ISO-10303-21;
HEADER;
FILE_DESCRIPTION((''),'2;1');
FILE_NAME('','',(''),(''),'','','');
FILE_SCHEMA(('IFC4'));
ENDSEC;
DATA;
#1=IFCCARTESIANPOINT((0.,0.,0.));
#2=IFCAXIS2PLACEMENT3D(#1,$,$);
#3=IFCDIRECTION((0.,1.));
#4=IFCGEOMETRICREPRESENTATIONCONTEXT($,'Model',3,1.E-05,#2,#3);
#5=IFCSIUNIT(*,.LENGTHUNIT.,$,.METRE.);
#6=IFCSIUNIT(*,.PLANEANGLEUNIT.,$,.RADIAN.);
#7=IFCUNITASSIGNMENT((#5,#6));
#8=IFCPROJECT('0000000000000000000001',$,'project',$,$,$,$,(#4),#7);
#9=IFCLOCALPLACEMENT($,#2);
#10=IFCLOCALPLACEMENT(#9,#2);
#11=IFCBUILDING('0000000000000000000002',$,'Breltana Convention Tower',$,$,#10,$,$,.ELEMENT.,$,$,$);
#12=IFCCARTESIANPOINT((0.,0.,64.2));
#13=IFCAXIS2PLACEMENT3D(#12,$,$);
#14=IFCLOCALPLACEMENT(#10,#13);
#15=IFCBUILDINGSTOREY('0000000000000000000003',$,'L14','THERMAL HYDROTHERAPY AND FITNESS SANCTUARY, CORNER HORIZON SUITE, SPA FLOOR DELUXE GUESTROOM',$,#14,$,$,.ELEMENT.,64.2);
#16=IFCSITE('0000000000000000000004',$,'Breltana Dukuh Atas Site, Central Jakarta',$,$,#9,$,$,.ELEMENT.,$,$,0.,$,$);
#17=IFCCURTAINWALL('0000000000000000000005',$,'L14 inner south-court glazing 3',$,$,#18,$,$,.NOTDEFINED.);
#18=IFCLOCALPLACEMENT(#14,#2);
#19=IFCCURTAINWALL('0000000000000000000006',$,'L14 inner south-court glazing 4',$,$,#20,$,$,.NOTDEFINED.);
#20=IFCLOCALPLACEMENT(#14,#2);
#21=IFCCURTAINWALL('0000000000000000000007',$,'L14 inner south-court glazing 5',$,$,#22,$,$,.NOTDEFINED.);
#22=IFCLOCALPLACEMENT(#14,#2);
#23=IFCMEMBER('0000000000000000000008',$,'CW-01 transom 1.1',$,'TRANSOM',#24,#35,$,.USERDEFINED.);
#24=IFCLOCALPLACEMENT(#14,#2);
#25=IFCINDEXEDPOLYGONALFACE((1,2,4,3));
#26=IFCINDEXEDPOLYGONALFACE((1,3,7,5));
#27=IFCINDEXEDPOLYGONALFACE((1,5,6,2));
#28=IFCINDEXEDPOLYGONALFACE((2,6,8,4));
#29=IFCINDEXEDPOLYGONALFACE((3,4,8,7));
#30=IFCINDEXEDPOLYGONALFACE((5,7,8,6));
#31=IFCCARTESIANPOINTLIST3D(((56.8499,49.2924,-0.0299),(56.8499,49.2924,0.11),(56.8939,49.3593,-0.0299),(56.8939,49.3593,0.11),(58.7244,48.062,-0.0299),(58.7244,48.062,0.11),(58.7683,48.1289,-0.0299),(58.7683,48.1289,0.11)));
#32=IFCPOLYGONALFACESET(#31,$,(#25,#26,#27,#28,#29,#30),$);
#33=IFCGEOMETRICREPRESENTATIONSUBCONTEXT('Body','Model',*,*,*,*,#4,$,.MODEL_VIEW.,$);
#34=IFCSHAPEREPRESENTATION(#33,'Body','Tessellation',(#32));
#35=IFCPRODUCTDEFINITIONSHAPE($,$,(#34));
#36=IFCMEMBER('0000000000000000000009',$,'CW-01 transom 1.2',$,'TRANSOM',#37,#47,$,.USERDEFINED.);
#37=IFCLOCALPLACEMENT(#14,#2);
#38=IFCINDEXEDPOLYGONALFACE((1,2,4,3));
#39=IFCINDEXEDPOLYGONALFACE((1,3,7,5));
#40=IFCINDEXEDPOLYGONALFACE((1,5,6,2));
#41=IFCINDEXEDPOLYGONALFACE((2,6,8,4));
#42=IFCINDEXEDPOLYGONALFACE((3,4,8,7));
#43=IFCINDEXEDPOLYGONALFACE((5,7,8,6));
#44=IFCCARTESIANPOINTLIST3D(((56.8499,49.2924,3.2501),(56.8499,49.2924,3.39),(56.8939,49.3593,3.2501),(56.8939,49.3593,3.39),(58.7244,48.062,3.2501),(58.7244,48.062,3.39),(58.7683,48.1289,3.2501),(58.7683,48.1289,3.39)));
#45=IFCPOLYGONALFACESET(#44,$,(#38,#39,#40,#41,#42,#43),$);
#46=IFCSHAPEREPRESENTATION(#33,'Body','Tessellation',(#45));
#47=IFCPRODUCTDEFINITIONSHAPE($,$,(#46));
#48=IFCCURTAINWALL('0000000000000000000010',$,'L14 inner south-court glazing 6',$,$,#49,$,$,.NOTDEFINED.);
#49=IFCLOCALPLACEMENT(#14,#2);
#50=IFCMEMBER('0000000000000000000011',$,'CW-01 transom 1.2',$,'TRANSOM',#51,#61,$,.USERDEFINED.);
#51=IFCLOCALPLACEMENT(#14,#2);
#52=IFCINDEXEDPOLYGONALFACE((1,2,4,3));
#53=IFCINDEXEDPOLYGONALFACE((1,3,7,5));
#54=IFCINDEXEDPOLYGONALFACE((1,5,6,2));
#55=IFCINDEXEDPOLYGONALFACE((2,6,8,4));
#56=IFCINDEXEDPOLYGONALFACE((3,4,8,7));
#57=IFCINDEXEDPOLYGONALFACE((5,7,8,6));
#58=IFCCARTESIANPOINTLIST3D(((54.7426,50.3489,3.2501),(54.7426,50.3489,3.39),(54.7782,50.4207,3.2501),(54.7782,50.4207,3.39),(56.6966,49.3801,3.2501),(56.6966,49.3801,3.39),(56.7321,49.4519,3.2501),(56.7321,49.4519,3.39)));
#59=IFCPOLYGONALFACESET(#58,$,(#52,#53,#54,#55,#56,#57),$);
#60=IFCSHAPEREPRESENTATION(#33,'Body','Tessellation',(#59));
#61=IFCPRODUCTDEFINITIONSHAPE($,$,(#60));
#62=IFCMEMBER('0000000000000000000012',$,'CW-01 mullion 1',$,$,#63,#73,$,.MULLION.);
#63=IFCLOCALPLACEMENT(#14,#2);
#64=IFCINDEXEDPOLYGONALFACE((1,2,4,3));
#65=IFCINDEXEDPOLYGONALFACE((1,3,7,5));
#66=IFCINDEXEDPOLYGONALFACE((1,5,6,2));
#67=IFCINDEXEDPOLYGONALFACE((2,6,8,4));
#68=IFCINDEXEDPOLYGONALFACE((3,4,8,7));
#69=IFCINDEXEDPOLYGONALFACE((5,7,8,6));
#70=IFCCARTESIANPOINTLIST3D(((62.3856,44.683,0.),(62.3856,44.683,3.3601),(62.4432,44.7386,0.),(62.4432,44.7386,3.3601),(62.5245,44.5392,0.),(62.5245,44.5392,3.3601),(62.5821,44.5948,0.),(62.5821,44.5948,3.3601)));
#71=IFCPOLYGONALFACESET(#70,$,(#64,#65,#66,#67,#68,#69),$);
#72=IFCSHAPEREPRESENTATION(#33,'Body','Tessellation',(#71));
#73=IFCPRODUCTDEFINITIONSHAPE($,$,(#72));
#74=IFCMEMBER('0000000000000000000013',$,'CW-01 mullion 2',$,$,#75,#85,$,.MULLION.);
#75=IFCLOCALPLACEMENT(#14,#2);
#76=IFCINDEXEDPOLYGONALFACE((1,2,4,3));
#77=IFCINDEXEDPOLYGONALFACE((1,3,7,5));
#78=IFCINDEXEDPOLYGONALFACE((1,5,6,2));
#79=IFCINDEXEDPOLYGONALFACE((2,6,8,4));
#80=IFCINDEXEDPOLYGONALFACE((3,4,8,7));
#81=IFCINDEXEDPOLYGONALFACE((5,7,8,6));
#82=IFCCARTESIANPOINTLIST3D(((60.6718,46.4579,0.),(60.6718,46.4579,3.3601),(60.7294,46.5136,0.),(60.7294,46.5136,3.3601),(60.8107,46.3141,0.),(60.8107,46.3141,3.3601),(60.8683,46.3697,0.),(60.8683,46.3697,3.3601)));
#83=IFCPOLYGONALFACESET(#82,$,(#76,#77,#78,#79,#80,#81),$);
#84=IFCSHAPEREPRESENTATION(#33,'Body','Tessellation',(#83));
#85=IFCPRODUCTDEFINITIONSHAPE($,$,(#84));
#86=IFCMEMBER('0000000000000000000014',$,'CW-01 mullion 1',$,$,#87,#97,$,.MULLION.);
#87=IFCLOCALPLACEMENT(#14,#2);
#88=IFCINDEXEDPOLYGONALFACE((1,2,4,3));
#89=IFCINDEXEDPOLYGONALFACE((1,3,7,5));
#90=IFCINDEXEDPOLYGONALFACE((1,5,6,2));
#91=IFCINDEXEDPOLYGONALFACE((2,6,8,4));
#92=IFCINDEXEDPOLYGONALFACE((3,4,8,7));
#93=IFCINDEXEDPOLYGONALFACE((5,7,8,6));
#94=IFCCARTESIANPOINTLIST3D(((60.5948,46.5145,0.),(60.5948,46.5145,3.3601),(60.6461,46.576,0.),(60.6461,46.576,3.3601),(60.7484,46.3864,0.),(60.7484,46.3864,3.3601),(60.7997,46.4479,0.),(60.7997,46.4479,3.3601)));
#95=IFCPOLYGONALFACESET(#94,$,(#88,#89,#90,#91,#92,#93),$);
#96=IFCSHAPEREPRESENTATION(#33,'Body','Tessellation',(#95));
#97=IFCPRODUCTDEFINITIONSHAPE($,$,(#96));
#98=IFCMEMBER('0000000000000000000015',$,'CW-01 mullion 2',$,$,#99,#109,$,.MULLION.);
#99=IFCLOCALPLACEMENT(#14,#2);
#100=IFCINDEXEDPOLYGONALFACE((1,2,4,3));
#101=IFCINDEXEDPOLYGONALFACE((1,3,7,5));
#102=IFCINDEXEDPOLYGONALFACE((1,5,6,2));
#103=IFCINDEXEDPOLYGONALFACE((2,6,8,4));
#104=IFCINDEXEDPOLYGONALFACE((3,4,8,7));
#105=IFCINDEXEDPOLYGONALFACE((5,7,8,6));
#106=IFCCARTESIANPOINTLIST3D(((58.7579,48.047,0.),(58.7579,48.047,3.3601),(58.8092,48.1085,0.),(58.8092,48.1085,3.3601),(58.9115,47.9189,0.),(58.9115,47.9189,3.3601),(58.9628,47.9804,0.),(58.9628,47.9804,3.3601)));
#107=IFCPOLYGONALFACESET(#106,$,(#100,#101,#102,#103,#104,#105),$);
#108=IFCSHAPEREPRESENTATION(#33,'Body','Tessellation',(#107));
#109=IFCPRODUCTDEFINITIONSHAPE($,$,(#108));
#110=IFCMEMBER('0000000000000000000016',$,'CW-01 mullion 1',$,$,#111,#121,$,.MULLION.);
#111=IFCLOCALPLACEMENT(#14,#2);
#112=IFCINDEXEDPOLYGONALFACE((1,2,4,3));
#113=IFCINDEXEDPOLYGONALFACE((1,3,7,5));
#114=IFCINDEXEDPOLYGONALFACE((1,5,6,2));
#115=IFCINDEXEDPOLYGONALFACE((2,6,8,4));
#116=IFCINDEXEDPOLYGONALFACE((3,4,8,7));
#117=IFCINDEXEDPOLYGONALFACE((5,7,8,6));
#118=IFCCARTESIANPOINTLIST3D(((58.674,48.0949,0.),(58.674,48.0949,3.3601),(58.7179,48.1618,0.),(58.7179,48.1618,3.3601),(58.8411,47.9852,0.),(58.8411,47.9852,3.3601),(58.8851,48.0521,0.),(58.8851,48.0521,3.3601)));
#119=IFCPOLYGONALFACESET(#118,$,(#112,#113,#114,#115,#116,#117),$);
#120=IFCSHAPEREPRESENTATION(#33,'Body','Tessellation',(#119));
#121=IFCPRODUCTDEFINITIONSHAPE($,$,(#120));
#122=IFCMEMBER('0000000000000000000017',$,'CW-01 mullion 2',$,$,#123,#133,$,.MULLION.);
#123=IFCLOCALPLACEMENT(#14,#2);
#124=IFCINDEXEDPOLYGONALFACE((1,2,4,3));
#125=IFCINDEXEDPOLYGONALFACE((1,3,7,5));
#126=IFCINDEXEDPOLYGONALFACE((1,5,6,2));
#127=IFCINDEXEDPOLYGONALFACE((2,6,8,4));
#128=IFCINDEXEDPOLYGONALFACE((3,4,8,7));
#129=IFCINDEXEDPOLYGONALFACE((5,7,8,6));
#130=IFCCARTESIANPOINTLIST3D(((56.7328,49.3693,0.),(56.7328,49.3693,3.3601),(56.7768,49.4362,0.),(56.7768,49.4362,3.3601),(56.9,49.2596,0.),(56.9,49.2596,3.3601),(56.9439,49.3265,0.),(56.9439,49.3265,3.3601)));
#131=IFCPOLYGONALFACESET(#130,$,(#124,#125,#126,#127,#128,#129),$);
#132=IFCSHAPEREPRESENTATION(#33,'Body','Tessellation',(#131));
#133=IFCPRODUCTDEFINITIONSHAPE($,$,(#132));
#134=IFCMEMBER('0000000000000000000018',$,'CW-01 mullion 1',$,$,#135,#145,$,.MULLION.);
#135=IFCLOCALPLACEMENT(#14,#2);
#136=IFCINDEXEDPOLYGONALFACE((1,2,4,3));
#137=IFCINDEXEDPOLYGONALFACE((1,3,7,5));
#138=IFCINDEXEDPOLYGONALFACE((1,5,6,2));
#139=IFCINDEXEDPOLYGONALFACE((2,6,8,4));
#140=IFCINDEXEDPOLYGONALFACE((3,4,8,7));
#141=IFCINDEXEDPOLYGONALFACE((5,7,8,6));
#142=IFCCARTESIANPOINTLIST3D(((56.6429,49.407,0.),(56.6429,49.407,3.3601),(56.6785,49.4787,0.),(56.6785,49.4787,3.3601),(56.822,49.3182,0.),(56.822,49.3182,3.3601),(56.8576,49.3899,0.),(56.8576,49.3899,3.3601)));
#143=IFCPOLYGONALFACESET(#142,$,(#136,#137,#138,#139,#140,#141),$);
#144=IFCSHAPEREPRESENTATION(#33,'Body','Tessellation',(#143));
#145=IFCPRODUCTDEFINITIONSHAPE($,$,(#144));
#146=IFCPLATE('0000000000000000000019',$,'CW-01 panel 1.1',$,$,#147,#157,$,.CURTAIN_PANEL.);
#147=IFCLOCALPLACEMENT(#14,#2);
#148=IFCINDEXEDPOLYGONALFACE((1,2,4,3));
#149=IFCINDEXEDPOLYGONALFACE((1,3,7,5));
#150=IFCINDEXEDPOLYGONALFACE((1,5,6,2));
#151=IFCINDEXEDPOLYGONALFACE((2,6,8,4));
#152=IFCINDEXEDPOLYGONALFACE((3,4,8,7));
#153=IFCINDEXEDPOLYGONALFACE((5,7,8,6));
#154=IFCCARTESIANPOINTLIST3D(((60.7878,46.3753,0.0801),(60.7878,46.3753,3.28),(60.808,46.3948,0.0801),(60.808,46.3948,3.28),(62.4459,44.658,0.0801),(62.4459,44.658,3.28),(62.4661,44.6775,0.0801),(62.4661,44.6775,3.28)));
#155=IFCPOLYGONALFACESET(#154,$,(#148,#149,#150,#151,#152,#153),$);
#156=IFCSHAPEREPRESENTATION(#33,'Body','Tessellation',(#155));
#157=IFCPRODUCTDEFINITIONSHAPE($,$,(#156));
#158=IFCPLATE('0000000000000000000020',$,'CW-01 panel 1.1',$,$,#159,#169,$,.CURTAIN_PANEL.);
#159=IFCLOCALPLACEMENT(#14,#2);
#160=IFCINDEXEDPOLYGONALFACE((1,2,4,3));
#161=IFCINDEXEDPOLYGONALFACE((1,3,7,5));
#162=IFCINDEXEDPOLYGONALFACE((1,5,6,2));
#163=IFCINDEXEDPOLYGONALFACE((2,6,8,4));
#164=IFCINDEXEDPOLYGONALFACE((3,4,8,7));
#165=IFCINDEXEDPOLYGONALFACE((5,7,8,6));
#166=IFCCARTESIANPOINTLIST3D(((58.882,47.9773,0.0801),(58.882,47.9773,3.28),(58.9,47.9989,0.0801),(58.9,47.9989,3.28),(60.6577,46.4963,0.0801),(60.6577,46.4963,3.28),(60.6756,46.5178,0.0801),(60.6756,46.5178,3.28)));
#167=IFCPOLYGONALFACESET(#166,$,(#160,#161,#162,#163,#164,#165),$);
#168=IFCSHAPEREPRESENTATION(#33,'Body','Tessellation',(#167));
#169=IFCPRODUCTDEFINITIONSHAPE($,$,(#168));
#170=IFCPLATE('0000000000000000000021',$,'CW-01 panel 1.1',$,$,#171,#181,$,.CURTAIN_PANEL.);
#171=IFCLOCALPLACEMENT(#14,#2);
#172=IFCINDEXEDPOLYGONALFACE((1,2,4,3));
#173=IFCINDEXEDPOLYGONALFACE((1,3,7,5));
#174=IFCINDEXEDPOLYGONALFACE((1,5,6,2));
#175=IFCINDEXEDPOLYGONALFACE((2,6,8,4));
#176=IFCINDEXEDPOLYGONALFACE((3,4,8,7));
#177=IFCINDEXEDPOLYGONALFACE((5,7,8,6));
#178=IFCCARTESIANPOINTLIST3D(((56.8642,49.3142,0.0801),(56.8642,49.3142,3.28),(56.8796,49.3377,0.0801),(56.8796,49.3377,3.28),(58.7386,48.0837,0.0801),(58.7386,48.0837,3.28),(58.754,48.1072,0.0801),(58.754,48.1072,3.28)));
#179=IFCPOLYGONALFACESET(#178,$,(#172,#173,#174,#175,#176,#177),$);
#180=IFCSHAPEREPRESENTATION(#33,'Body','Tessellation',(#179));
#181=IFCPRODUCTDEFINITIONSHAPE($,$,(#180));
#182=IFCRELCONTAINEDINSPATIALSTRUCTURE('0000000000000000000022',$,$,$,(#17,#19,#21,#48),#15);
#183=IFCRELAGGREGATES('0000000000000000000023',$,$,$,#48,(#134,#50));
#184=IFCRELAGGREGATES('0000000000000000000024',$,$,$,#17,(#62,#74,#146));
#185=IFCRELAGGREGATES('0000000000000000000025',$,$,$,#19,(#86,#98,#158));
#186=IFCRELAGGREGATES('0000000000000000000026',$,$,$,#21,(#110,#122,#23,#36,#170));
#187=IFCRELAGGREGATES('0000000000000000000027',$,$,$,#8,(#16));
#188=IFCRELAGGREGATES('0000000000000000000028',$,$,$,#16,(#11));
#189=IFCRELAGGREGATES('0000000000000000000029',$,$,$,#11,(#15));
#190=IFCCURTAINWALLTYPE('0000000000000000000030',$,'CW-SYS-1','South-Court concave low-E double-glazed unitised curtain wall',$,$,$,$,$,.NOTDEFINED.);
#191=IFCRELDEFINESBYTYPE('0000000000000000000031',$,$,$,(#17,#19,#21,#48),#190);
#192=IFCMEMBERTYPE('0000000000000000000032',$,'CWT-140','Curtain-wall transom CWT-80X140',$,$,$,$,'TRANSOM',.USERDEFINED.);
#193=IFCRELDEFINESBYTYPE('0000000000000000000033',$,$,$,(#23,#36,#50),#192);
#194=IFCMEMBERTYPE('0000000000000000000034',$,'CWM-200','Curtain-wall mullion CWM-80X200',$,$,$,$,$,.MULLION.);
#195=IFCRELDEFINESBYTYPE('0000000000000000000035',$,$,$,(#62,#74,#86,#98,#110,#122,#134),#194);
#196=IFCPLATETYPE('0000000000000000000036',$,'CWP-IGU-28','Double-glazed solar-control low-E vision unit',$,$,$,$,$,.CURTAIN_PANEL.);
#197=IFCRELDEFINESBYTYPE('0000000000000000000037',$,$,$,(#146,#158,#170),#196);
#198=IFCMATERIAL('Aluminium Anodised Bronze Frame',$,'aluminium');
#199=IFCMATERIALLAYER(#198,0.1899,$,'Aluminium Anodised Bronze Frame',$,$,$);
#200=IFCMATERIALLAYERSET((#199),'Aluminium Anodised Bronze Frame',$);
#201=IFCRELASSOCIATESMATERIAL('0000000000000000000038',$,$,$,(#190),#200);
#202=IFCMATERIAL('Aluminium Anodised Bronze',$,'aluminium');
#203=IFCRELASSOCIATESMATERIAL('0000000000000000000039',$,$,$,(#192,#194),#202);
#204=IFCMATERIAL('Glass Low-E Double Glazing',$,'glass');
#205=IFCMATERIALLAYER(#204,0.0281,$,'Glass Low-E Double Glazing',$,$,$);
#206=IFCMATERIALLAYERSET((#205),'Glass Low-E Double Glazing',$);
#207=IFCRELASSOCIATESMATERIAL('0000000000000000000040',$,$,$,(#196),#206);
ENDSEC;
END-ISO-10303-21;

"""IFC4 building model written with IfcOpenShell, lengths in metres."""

from ifc_helpers import new_model, si_unit, direction, frame, origin, origin_2d, place, context, subcontext, project, spatial, rectangle, extrude, source, transform, mapped, material, layer, layer_set, material_profile, profile_set, type_object, element, aggregate, save


model = new_model("IFC4")

# Units and contexts
model_context = context("Model", 3, precision=1e-05, world=origin(), true_north=direction((0.0, 1.0)))
body_context = subcontext(model_context, "Body", "Model", "MODEL_VIEW")
ifc_project = project(units=[si_unit("LENGTHUNIT", "METRE"), si_unit("PLANEANGLEUNIT", "RADIAN")], contexts=[model_context])

# Site, building, storey
site_placement = place(None, origin())
site = spatial("IfcSite", under=ifc_project, at=site_placement, Name="Breltana Dukuh Atas Site, Central Jakarta", CompositionType="ELEMENT", RefElevation=0.0)
building_placement = place(site_placement, origin())
building = spatial("IfcBuilding", under=site, at=building_placement, Name="Breltana Convention Tower", CompositionType="ELEMENT")
storey_placement = place(building_placement, frame((0.0, 0.0, 64.2)))
storey = spatial("IfcBuildingStorey", under=building, at=storey_placement, Name="L14", Description="THERMAL HYDROTHERAPY AND FITNESS SANCTUARY, CORNER HORIZON SUITE, SPA FLOOR DELUXE GUESTROOM", CompositionType="ELEMENT", Elevation=64.2)

# Curtain walls, members
ifc_material_1 = material(Name="Aluminium Anodised Bronze Frame", Category="aluminium")
ifc_layer_1 = layer(ifc_material_1, 0.1899, Name="Aluminium Anodised Bronze Frame")
ifc_layer_set_1 = layer_set([ifc_layer_1], Name="Aluminium Anodised Bronze Frame")
curtain_wall_type = type_object("IfcCurtainWallType", Name="CW-SYS-1", Description="South-Court concave low-E double-glazed unitised curtain wall", PredefinedType="NOTDEFINED", material=ifc_layer_set_1)
curtain_wall_1_placement = place(storey_placement, origin())
curtain_wall_1 = element("IfcCurtainWall", 1, at=curtain_wall_1_placement, inside=storey, type_object=curtain_wall_type, Name="L14 inner south-court glazing 3", PredefinedType="NOTDEFINED")
ifc_material_2 = material(Name="Aluminium Anodised Bronze", Category="aluminium")
ifc_material_profile_1 = material_profile(ifc_material_2, rectangle(XDim=0.0801, YDim=0.1399, at=origin_2d()), Name="CWT-80X140")
ifc_profile_set_1 = profile_set([ifc_material_profile_1], Name="Aluminium Anodised Bronze")
member_type_1 = type_object("IfcMemberType", Name="CWT-140", Description="Curtain-wall transom CWT-80X140", ElementType="TRANSOM", PredefinedType="USERDEFINED", material=ifc_profile_set_1)
curtain_wall_2_placement = place(storey_placement, origin())
curtain_wall_2 = element("IfcCurtainWall", 2, at=curtain_wall_2_placement, inside=storey, type_object=curtain_wall_type, Name="L14 inner south-court glazing 4", PredefinedType="NOTDEFINED")
curtain_wall_3_placement = place(storey_placement, origin())
curtain_wall_3 = element("IfcCurtainWall", 3, at=curtain_wall_3_placement, inside=storey, type_object=curtain_wall_type, Name="L14 inner south-court glazing 5", PredefinedType="NOTDEFINED")
shared_shape_1 = source(origin(), body_context, "Body", "SweptSolid", [
    extrude(rectangle(XDim=0.0801, YDim=0.1399, at=origin_2d()), origin(), (0.0, 0.0, 1.0), 2.2422),
])
member_1_placement = place(storey_placement, frame((58.7463, 48.0955, 0.04), z_axis=(-0.835982, 0.548756, 0.0), x_axis=(-0.548756, -0.835982, 0.0)))
member_1 = element("IfcMember", 4, at=member_1_placement, type_object=member_type_1, Name="CW-01 transom 1.1", ObjectType="TRANSOM", PredefinedType="USERDEFINED", context=body_context, shape_type="MappedRepresentation", body=[
    mapped(shared_shape_1, transform((0.0, 0.0, 0.0), scale=1.0)),
])
member_2_placement = place(storey_placement, frame((58.7463, 48.0955, 3.3201), z_axis=(-0.835982, 0.548756, 0.0), x_axis=(-0.548756, -0.835982, 0.0)))
member_2 = element("IfcMember", 5, at=member_2_placement, type_object=member_type_1, Name="CW-01 transom 1.2", ObjectType="TRANSOM", PredefinedType="USERDEFINED", context=body_context, shape_type="MappedRepresentation", body=[
    mapped(shared_shape_1, transform((0.0, 0.0, 0.0), scale=1.0)),
])

# Curtain wall, member
curtain_wall_4_placement = place(storey_placement, origin())
curtain_wall_4 = element("IfcCurtainWall", 6, at=curtain_wall_4_placement, inside=storey, type_object=curtain_wall_type, Name="L14 inner south-court glazing 6", PredefinedType="NOTDEFINED")
shared_shape_2 = source(origin(), body_context, "Body", "SweptSolid", [
    extrude(rectangle(XDim=0.0801, YDim=0.1399, at=origin_2d()), origin(), (0.0, 0.0, 1.0), 2.1809),
])
member_3_placement = place(storey_placement, frame((56.7144, 49.416, 3.3201), z_axis=(-0.895922, 0.444211, 0.0), x_axis=(-0.444211, -0.895922, 0.0)))
member_3 = element("IfcMember", 7, at=member_3_placement, type_object=member_type_1, Name="CW-01 transom 1.2", ObjectType="TRANSOM", PredefinedType="USERDEFINED", context=body_context, shape_type="MappedRepresentation", body=[
    mapped(shared_shape_2, transform((0.0, 0.0, 0.0), scale=1.0)),
])

# Members
ifc_material_profile_2 = material_profile(ifc_material_2, rectangle(XDim=0.0801, YDim=0.2, at=origin_2d()), Name="CWM-80X200")
ifc_profile_set_2 = profile_set([ifc_material_profile_2], Name="Aluminium Anodised Bronze")
member_type_2 = type_object("IfcMemberType", Name="CWM-200", Description="Curtain-wall mullion CWM-80X200", PredefinedType="MULLION", material=ifc_profile_set_2)
shared_shape_3 = source(origin(), body_context, "Body", "SweptSolid", [
    extrude(rectangle(XDim=0.0801, YDim=0.2, at=origin_2d()), origin(), (0.0, 0.0, 1.0), 3.3601),
])
member_4_placement = place(storey_placement, frame((62.4839, 44.6389, 0.0), z_axis=(0.0, 0.0, 1.0), x_axis=(-0.719385, -0.694612, 0.0)))
member_4 = element("IfcMember", 8, at=member_4_placement, type_object=member_type_2, Name="CW-01 mullion 1", PredefinedType="MULLION", context=body_context, shape_type="MappedRepresentation", body=[
    mapped(shared_shape_3, transform((0.0, 0.0, 0.0), scale=1.0)),
])
member_5_placement = place(storey_placement, frame((60.77, 46.4138, 0.0), z_axis=(0.0, 0.0, 1.0), x_axis=(-0.719385, -0.694612, 0.0)))
member_5 = element("IfcMember", 9, at=member_5_placement, type_object=member_type_2, Name="CW-01 mullion 2", PredefinedType="MULLION", context=body_context, shape_type="MappedRepresentation", body=[
    mapped(shared_shape_3, transform((0.0, 0.0, 0.0), scale=1.0)),
])
member_6_placement = place(storey_placement, frame((60.6973, 46.4812, 0.0), z_axis=(0.0, 0.0, 1.0), x_axis=(-0.640523, -0.767939, 0.0)))
member_6 = element("IfcMember", 10, at=member_6_placement, type_object=member_type_2, Name="CW-01 mullion 1", PredefinedType="MULLION", context=body_context, shape_type="MappedRepresentation", body=[
    mapped(shared_shape_3, transform((0.0, 0.0, 0.0), scale=1.0)),
])
member_7_placement = place(storey_placement, frame((58.8604, 48.0137, 0.0), z_axis=(0.0, 0.0, 1.0), x_axis=(-0.640523, -0.767939, 0.0)))
member_7 = element("IfcMember", 11, at=member_7_placement, type_object=member_type_2, Name="CW-01 mullion 2", PredefinedType="MULLION", context=body_context, shape_type="MappedRepresentation", body=[
    mapped(shared_shape_3, transform((0.0, 0.0, 0.0), scale=1.0)),
])
member_8_placement = place(storey_placement, frame((58.7795, 48.0735, 0.0), z_axis=(0.0, 0.0, 1.0), x_axis=(-0.548778, -0.835968, 0.0)))
member_8 = element("IfcMember", 12, at=member_8_placement, type_object=member_type_2, Name="CW-01 mullion 1", PredefinedType="MULLION", context=body_context, shape_type="MappedRepresentation", body=[
    mapped(shared_shape_3, transform((0.0, 0.0, 0.0), scale=1.0)),
])
member_9_placement = place(storey_placement, frame((56.8384, 49.3479, 0.0), z_axis=(0.0, 0.0, 1.0), x_axis=(-0.548778, -0.835968, 0.0)))
member_9 = element("IfcMember", 13, at=member_9_placement, type_object=member_type_2, Name="CW-01 mullion 2", PredefinedType="MULLION", context=body_context, shape_type="MappedRepresentation", body=[
    mapped(shared_shape_3, transform((0.0, 0.0, 0.0), scale=1.0)),
])
member_10_placement = place(storey_placement, frame((56.7502, 49.3984, 0.0), z_axis=(0.0, 0.0, 1.0), x_axis=(-0.444118, -0.895968, 0.0)))
member_10 = element("IfcMember", 14, at=member_10_placement, type_object=member_type_2, Name="CW-01 mullion 1", PredefinedType="MULLION", context=body_context, shape_type="MappedRepresentation", body=[
    mapped(shared_shape_3, transform((0.0, 0.0, 0.0), scale=1.0)),
])
aggregate(curtain_wall_4, [member_10, member_3])

# Plates
ifc_material_3 = material(Name="Glass Low-E Double Glazing", Category="glass")
ifc_layer_2 = layer(ifc_material_3, 0.0281, Name="Glass Low-E Double Glazing")
ifc_layer_set_2 = layer_set([ifc_layer_2], Name="Glass Low-E Double Glazing")
plate_type = type_object("IfcPlateType", Name="CWP-IGU-28", Description="Double-glazed solar-control low-E vision unit", PredefinedType="CURTAIN_PANEL", material=ifc_layer_set_2)
shared_shape_4 = source(origin(), body_context, "Body", "SweptSolid", [
    extrude(rectangle(XDim=2.3872, YDim=0.0281, at=origin_2d()), origin(), (0.0, 0.0, 1.0), 3.2),
])
plate_1_placement = place(storey_placement, frame((61.627, 45.5264, 0.0801), z_axis=(0.0, 0.0, 1.0), x_axis=(-0.694612, 0.719385, 0.0)))
plate_1 = element("IfcPlate", 15, at=plate_1_placement, type_object=plate_type, Name="CW-01 panel 1.1", PredefinedType="CURTAIN_PANEL", context=body_context, shape_type="MappedRepresentation", body=[
    mapped(shared_shape_4, transform((0.0, 0.0, 0.0), scale=1.0)),
])
aggregate(curtain_wall_1, [member_4, member_5, plate_1])
shared_shape_5 = source(origin(), body_context, "Body", "SweptSolid", [
    extrude(rectangle(XDim=2.3123, YDim=0.0281, at=origin_2d()), origin(), (0.0, 0.0, 1.0), 3.2),
])
plate_2_placement = place(storey_placement, frame((59.7788, 47.2476, 0.0801), z_axis=(0.0, 0.0, 1.0), x_axis=(-0.767939, 0.640523, 0.0)))
plate_2 = element("IfcPlate", 16, at=plate_2_placement, type_object=plate_type, Name="CW-01 panel 1.1", PredefinedType="CURTAIN_PANEL", context=body_context, shape_type="MappedRepresentation", body=[
    mapped(shared_shape_5, transform((0.0, 0.0, 0.0), scale=1.0)),
])
aggregate(curtain_wall_2, [member_6, member_7, plate_2])
shared_shape_6 = source(origin(), body_context, "Body", "SweptSolid", [
    extrude(rectangle(XDim=2.2422, YDim=0.0281, at=origin_2d()), origin(), (0.0, 0.0, 1.0), 3.2),
])
plate_3_placement = place(storey_placement, frame((57.8091, 48.7107, 0.0801), z_axis=(0.0, 0.0, 1.0), x_axis=(-0.835968, 0.548778, 0.0)))
plate_3 = element("IfcPlate", 17, at=plate_3_placement, type_object=plate_type, Name="CW-01 panel 1.1", PredefinedType="CURTAIN_PANEL", context=body_context, shape_type="MappedRepresentation", body=[
    mapped(shared_shape_6, transform((0.0, 0.0, 0.0), scale=1.0)),
])
aggregate(curtain_wall_3, [member_8, member_9, member_1, member_2, plate_3])

save(model, "model.ifc")
